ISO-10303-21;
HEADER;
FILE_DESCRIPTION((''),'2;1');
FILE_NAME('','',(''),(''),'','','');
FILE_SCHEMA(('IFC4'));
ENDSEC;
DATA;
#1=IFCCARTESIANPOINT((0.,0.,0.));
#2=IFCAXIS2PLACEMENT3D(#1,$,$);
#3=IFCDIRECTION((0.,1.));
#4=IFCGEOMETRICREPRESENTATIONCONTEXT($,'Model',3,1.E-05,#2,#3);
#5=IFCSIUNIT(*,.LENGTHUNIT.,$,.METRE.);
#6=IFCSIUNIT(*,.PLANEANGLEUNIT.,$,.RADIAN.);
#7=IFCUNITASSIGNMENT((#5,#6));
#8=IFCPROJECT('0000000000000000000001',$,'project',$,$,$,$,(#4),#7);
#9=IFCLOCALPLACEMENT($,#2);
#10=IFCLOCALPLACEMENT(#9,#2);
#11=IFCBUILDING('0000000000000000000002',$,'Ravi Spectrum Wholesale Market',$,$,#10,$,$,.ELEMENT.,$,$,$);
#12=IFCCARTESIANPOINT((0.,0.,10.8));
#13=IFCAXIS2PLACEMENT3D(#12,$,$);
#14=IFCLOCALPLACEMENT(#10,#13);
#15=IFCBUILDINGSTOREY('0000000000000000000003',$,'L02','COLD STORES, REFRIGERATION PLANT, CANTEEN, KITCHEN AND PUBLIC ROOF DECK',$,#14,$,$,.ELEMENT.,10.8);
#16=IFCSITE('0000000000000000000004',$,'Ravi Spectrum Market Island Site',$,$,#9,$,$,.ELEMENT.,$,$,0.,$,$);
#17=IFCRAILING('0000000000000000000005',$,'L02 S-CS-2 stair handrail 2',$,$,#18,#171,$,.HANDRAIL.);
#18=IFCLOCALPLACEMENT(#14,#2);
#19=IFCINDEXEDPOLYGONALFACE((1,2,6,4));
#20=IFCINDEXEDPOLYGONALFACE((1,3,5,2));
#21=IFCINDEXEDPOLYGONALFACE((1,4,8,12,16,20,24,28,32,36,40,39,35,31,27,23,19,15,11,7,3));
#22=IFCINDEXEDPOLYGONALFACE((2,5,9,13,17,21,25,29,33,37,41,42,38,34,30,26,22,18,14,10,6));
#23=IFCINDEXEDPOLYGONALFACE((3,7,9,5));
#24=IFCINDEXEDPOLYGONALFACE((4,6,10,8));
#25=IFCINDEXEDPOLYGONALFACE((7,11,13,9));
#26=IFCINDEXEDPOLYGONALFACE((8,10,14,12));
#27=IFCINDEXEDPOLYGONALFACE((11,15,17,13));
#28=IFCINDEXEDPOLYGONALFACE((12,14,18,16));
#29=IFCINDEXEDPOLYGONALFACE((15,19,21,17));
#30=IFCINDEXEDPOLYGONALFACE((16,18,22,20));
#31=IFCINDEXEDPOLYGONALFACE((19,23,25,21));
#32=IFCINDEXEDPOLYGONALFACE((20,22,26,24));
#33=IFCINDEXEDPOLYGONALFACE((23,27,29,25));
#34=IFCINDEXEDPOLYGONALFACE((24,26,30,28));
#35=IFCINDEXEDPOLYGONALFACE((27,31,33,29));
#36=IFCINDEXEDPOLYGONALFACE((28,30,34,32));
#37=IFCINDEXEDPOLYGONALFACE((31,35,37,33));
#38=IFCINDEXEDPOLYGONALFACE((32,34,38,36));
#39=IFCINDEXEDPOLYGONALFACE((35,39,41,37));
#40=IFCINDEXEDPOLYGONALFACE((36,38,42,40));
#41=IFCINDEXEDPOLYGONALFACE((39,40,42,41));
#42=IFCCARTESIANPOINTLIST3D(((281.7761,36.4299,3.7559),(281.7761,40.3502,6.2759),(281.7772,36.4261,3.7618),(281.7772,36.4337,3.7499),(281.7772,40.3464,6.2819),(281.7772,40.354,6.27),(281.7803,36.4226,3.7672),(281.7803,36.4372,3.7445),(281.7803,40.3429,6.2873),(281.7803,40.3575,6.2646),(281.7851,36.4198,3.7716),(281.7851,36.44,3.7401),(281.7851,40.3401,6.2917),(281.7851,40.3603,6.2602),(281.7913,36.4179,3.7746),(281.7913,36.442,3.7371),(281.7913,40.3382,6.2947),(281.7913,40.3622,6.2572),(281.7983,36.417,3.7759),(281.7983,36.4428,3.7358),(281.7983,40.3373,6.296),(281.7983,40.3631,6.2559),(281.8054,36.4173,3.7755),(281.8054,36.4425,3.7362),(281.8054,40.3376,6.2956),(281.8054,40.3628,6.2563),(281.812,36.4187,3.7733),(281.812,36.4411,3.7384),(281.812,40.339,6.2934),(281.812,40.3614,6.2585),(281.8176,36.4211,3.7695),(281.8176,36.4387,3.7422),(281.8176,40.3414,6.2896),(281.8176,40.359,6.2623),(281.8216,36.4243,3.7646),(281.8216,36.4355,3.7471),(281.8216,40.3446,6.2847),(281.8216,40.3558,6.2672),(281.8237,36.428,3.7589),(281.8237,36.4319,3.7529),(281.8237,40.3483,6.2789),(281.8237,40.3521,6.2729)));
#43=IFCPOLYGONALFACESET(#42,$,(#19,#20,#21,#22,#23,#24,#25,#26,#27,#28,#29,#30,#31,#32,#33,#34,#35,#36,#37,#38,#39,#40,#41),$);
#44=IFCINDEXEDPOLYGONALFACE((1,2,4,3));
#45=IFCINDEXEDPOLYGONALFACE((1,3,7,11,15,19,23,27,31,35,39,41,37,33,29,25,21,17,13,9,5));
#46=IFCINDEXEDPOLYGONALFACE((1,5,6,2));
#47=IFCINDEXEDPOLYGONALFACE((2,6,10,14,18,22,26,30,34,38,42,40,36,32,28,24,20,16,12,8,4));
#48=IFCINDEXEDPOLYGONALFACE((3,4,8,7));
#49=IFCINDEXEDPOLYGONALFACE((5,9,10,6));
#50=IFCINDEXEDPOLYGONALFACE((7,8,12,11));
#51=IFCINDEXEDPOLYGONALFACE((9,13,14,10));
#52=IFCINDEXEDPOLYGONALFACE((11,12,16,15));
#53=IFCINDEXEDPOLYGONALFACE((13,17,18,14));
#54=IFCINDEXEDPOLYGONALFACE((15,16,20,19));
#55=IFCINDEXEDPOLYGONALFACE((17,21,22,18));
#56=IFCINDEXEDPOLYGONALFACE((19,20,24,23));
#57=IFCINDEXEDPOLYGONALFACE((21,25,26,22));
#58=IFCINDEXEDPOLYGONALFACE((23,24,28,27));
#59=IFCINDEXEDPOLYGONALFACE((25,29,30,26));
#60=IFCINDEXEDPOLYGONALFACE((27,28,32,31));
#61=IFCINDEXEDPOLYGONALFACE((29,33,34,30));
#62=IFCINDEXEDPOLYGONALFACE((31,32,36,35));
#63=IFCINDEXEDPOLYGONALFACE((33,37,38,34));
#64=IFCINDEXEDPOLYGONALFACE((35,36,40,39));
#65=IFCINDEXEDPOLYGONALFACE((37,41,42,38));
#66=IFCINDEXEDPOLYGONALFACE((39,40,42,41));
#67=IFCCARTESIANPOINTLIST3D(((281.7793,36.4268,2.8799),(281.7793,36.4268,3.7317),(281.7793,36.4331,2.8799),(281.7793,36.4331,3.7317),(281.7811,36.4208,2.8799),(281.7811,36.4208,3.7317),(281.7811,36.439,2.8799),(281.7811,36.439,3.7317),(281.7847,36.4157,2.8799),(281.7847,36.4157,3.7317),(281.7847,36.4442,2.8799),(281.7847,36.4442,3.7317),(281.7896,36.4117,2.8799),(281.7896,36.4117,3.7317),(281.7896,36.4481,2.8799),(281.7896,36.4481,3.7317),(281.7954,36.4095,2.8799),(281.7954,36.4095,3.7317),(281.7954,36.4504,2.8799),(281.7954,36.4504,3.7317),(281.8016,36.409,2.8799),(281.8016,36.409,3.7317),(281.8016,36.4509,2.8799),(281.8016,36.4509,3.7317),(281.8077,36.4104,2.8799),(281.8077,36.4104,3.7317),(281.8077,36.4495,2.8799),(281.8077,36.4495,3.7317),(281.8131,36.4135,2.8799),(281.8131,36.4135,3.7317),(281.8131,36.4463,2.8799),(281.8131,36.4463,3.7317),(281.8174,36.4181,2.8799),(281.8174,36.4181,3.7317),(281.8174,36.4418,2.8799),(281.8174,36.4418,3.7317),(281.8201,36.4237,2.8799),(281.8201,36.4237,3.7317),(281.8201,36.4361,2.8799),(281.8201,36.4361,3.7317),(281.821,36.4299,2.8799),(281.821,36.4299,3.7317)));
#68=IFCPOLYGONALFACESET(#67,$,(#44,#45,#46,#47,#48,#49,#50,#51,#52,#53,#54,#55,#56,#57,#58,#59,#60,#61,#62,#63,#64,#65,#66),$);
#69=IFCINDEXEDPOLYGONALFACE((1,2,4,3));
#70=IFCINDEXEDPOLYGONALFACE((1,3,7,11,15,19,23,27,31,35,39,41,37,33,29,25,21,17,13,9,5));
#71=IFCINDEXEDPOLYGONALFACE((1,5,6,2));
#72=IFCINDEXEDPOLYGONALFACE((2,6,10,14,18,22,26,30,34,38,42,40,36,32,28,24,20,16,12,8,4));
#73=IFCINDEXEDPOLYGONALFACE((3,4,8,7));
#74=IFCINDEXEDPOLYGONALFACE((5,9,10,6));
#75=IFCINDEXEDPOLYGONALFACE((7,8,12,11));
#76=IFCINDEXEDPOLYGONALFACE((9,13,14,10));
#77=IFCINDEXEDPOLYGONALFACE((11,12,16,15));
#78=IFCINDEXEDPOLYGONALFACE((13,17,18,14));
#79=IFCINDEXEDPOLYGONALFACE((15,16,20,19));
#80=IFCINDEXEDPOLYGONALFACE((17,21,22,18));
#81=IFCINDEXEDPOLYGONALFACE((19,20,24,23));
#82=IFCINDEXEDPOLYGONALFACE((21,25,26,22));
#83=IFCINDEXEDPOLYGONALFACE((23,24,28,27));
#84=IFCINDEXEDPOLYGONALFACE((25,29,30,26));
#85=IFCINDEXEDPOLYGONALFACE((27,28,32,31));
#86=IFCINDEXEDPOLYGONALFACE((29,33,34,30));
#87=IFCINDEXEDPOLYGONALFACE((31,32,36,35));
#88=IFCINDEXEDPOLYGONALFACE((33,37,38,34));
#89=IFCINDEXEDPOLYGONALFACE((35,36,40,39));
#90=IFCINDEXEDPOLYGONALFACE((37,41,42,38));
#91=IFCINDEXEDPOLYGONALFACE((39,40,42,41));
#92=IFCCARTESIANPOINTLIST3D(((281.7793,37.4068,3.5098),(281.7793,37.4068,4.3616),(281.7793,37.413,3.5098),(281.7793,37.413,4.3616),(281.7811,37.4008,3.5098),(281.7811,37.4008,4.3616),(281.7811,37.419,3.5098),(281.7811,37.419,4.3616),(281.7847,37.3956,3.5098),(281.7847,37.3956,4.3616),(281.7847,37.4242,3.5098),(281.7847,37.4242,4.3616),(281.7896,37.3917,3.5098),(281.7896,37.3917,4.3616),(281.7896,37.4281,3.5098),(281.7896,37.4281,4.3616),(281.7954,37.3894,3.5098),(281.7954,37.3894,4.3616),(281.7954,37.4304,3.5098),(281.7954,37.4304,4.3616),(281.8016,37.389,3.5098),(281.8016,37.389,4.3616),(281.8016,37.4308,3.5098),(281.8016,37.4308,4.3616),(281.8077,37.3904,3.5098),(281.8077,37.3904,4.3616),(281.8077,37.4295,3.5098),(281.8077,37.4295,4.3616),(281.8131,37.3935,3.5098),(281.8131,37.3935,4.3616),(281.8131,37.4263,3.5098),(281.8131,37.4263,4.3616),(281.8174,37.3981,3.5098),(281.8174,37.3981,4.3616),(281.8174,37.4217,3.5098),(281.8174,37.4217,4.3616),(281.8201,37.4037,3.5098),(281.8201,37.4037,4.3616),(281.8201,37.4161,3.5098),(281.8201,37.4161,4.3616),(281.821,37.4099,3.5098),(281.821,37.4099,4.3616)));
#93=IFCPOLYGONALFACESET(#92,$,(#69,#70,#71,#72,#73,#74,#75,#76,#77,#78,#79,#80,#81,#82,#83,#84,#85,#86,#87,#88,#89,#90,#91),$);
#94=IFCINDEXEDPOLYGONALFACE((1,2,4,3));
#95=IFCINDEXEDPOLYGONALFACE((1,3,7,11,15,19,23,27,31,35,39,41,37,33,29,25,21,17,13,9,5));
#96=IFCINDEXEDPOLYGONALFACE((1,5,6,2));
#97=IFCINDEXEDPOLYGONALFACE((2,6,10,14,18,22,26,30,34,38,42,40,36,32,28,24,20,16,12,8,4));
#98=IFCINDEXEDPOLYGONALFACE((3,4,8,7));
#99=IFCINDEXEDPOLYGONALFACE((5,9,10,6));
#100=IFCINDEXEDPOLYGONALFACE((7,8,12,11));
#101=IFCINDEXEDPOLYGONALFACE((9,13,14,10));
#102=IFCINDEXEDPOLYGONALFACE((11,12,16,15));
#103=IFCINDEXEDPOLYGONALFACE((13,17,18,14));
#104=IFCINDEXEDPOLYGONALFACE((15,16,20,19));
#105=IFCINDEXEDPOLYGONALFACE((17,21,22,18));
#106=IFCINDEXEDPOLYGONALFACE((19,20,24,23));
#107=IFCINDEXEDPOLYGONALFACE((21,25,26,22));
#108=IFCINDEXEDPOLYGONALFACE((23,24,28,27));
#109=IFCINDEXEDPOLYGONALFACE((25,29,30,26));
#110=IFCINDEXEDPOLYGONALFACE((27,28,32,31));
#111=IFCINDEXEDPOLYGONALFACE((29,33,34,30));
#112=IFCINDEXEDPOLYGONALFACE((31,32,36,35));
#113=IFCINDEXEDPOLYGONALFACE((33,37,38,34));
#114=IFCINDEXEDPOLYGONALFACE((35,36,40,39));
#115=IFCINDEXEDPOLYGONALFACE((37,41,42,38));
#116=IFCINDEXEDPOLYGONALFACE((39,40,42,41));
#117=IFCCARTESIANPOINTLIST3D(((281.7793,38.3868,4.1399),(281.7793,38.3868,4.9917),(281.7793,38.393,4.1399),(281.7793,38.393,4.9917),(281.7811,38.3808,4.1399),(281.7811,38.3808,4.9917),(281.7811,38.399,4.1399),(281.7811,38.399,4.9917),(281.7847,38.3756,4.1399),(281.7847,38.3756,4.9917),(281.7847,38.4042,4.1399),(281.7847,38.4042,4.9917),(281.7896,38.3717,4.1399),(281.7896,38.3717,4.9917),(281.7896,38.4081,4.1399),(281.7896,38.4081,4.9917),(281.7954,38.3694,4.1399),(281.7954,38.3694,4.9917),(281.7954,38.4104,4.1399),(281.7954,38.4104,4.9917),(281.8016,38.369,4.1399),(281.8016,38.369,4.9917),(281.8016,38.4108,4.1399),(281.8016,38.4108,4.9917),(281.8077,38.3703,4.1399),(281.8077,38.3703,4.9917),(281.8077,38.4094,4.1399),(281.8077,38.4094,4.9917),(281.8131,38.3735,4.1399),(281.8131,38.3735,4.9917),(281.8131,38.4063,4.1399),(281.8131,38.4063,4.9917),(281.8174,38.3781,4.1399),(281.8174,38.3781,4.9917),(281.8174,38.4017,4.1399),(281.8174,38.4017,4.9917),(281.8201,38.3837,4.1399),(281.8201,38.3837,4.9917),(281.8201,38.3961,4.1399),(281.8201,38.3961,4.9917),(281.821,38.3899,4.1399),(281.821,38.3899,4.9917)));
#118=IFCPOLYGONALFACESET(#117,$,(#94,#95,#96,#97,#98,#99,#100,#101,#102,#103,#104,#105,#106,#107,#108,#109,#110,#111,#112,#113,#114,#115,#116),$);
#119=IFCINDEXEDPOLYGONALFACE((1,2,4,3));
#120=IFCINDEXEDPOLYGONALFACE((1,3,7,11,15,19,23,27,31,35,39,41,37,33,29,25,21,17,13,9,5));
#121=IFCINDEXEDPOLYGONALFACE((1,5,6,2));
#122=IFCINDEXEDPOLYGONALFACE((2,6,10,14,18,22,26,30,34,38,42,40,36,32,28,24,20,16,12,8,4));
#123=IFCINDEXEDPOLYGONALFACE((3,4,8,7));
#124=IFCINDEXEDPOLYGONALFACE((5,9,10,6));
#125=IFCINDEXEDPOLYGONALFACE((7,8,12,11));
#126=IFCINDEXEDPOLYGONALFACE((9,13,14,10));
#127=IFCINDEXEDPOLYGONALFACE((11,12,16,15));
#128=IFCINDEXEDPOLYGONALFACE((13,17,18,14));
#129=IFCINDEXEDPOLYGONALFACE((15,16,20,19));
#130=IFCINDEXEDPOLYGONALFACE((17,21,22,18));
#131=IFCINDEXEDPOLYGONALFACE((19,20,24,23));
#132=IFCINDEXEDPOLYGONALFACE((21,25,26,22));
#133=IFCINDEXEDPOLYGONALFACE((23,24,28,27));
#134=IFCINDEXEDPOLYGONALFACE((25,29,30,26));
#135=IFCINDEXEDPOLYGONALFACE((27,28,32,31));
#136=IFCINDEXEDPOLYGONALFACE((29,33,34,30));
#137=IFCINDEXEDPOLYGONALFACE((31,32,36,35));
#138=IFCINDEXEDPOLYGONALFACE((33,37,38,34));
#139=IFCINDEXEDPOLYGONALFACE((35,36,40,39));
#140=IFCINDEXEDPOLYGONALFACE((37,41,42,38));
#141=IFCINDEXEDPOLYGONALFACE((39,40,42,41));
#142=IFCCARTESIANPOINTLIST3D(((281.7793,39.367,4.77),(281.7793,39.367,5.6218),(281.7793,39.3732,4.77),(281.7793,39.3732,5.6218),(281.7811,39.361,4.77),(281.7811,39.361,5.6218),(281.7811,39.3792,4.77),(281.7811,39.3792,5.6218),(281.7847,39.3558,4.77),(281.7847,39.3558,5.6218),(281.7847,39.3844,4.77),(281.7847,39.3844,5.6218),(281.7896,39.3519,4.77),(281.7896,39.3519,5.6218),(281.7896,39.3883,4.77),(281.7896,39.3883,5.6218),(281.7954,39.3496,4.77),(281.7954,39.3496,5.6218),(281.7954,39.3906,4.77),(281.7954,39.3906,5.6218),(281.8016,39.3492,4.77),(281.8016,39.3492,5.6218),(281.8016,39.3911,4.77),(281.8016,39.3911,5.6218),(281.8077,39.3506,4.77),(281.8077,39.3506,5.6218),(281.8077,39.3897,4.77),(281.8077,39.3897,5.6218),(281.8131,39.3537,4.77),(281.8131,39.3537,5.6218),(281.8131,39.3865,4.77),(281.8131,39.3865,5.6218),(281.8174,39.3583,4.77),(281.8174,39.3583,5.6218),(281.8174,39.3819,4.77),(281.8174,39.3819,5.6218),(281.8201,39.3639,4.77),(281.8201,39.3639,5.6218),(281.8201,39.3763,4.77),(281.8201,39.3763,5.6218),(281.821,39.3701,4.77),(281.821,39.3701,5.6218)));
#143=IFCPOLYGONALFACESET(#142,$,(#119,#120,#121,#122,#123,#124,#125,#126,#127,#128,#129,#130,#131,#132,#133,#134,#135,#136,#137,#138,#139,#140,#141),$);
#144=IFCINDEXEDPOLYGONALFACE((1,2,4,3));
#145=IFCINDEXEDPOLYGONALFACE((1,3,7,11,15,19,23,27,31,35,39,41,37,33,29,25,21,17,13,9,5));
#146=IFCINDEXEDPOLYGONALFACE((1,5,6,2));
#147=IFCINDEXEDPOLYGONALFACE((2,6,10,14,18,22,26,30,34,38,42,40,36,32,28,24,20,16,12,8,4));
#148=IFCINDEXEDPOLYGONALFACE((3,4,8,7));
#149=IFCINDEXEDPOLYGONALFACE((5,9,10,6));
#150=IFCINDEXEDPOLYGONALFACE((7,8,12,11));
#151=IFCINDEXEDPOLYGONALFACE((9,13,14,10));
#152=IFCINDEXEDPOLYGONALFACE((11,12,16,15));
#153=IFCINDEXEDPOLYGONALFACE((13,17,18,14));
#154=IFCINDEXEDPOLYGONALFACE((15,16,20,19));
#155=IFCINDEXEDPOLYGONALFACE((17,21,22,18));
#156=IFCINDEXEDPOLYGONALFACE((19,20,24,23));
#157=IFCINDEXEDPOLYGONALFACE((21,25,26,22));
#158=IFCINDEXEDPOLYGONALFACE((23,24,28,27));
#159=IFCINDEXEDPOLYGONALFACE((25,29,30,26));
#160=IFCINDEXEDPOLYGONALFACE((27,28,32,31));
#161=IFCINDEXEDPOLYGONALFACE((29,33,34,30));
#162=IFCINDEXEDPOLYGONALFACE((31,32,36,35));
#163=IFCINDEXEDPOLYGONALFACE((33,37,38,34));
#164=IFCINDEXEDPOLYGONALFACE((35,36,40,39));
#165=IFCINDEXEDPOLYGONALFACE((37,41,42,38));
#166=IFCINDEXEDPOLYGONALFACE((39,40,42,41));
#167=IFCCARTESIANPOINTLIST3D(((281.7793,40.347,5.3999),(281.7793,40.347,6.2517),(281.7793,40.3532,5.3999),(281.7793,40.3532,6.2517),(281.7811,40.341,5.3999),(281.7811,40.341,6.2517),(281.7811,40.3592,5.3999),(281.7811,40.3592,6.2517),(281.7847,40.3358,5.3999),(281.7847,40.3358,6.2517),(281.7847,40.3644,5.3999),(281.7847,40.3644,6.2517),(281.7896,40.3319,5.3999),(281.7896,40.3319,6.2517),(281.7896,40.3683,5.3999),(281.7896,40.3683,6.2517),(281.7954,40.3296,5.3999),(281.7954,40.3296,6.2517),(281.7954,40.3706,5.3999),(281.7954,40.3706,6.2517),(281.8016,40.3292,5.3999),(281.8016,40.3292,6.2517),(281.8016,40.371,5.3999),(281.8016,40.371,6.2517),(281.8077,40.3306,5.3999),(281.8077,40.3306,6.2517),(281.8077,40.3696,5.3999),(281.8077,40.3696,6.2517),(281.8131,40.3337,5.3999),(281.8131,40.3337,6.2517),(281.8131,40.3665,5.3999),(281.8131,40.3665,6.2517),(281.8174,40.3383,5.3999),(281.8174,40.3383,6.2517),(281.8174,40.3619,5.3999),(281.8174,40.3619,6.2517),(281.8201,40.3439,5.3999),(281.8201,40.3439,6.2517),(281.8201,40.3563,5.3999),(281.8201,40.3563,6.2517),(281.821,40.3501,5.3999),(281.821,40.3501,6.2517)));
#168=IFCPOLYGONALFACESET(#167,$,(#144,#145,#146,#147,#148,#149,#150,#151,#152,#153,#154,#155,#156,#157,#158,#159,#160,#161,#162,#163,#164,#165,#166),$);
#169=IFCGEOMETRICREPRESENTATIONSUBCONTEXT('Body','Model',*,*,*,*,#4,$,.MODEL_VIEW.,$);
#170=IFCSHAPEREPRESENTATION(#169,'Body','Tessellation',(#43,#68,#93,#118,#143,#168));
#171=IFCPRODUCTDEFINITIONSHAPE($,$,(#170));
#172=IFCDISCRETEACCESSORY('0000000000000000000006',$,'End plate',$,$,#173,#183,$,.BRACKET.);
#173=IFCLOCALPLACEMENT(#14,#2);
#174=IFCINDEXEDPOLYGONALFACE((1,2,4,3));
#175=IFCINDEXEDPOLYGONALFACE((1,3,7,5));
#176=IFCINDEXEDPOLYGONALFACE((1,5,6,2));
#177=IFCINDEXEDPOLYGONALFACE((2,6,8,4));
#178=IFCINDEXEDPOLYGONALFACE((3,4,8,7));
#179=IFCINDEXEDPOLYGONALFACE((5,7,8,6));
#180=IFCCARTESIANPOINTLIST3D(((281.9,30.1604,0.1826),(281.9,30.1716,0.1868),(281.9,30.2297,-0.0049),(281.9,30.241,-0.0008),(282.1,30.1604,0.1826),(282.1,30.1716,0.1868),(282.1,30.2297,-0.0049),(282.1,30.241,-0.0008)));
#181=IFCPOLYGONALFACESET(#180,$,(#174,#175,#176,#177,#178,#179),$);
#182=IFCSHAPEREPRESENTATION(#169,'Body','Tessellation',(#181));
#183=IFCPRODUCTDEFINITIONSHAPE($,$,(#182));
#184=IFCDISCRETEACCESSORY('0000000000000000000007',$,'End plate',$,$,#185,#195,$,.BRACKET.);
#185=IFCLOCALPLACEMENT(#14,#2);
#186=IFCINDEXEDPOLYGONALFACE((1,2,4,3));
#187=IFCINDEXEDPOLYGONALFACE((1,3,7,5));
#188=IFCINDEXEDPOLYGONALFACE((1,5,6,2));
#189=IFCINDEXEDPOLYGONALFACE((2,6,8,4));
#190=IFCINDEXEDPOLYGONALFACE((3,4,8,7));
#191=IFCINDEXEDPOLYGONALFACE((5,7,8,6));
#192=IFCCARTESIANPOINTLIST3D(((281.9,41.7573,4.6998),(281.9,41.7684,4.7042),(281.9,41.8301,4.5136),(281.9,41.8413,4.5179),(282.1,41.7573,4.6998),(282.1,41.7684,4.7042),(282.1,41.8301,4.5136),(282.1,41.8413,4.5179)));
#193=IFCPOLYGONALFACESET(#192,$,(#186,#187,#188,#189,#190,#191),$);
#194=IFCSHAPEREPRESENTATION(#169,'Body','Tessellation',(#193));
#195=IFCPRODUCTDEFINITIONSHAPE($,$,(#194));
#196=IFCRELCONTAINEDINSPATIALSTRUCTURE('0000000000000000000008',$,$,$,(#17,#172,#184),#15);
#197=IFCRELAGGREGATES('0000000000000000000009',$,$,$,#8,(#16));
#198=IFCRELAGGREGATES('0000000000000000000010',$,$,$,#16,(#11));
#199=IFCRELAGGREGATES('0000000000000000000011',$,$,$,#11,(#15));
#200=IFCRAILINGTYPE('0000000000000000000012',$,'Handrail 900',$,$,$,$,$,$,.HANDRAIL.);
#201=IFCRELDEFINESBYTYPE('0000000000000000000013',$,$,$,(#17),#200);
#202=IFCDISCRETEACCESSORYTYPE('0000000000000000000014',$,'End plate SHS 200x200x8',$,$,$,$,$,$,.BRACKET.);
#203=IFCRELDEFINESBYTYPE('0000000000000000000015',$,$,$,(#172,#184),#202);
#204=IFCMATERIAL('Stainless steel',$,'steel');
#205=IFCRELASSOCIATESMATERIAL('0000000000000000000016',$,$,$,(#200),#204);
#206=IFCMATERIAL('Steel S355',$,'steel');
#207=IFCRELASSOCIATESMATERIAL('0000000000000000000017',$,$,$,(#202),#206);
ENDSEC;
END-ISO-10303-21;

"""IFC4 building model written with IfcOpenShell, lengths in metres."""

from ifc_helpers import new_model, si_unit, direction, frame, origin, origin_2d, place, context, subcontext, project, spatial, rectangle, circle, extrude, material, material_profile, profile_set, type_object, element, save


model = new_model("IFC4")

# Units and contexts
model_context = context("Model", 3, precision=1e-05, world=origin(), true_north=direction((0.0, 1.0)))
body_context = subcontext(model_context, "Body", "Model", "MODEL_VIEW")
ifc_project = project(units=[si_unit("LENGTHUNIT", "METRE"), si_unit("PLANEANGLEUNIT", "RADIAN")], contexts=[model_context])

# Site, building, storey
site_placement = place(None, origin())
site = spatial("IfcSite", under=ifc_project, at=site_placement, Name="Ravi Spectrum Market Island Site", CompositionType="ELEMENT", RefElevation=0.0)
building_placement = place(site_placement, origin())
building = spatial("IfcBuilding", under=site, at=building_placement, Name="Ravi Spectrum Wholesale Market", CompositionType="ELEMENT")
storey_placement = place(building_placement, frame((0.0, 0.0, 10.8)))
storey = spatial("IfcBuildingStorey", under=building, at=storey_placement, Name="L02", Description="COLD STORES, REFRIGERATION PLANT, CANTEEN, KITCHEN AND PUBLIC ROOF DECK", CompositionType="ELEMENT", Elevation=10.8)

# Railing
ifc_material_1 = material(Name="Stainless steel", Category="steel")
railing_type_1 = type_object("IfcRailingType", Name="Handrail 900", PredefinedType="HANDRAIL", material=ifc_material_1)
railing_1_placement = place(storey_placement, frame((281.8, 36.4299, 2.8799)))
element("IfcRailing", 1, at=railing_1_placement, inside=storey, type_object=railing_type_1, Name="L02 S-CS-2 stair handrail 2", PredefinedType="HANDRAIL", context=body_context, shape_type="SweptSolid", body=[
    extrude(circle(Radius=0.0239, at=origin_2d()), frame((0.0, 0.0, 0.876), z_axis=(0.0, 0.841187, 0.540744), x_axis=(-1.0, 0.0, 0.0)), (0.0, 0.0, 1.0), 4.6604),
    extrude(circle(Radius=0.021, at=origin_2d()), origin(), (0.0, 0.0, 1.0), 0.8518),
    extrude(circle(Radius=0.021, at=origin_2d()), frame((0.0, 0.98, 0.6299)), (0.0, 0.0, 1.0), 0.8518),
    extrude(circle(Radius=0.021, at=origin_2d()), frame((0.0, 1.96, 1.26)), (0.0, 0.0, 1.0), 0.8518),
    extrude(circle(Radius=0.021, at=origin_2d()), frame((0.0, 2.9402, 1.8901)), (0.0, 0.0, 1.0), 0.8518),
    extrude(circle(Radius=0.021, at=origin_2d()), frame((0.0, 3.9202, 2.52)), (0.0, 0.0, 1.0), 0.8518),
])

# Discrete accessories
ifc_material_2 = material(Name="Steel S355", Category="steel")
ifc_material_profile_1 = material_profile(ifc_material_2, rectangle(XDim=0.2, YDim=0.2, at=origin_2d()))
ifc_profile_set_1 = profile_set([ifc_material_profile_1], Name="Steel S355")
discrete_accessory_type = type_object("IfcDiscreteAccessoryType", Name="End plate SHS 200x200x8", PredefinedType="BRACKET", material=ifc_profile_set_1)
for number, where, z_axis, x_axis, name in (
    (2, (282.0, 30.2063, 0.093), (0.0, -0.937994, -0.34665), (1.0, 0.0, 0.0), "End plate"),
    (3, (282.0, 41.7937, 4.6067), (0.0, 0.931243, 0.364399), (-1.0, 0.0, 0.0), "End plate"),
):
    element("IfcDiscreteAccessory", number, at=place(storey_placement, frame(where, z_axis=z_axis, x_axis=x_axis)), inside=storey, type_object=discrete_accessory_type, Name=name, PredefinedType="BRACKET", context=body_context, shape_type="SweptSolid", body=[
        extrude(rectangle(XDim=0.2, YDim=0.2, at=origin_2d()), origin(), (0.0, 0.0, 1.0), 0.012),
    ])

save(model, "model.ifc")
